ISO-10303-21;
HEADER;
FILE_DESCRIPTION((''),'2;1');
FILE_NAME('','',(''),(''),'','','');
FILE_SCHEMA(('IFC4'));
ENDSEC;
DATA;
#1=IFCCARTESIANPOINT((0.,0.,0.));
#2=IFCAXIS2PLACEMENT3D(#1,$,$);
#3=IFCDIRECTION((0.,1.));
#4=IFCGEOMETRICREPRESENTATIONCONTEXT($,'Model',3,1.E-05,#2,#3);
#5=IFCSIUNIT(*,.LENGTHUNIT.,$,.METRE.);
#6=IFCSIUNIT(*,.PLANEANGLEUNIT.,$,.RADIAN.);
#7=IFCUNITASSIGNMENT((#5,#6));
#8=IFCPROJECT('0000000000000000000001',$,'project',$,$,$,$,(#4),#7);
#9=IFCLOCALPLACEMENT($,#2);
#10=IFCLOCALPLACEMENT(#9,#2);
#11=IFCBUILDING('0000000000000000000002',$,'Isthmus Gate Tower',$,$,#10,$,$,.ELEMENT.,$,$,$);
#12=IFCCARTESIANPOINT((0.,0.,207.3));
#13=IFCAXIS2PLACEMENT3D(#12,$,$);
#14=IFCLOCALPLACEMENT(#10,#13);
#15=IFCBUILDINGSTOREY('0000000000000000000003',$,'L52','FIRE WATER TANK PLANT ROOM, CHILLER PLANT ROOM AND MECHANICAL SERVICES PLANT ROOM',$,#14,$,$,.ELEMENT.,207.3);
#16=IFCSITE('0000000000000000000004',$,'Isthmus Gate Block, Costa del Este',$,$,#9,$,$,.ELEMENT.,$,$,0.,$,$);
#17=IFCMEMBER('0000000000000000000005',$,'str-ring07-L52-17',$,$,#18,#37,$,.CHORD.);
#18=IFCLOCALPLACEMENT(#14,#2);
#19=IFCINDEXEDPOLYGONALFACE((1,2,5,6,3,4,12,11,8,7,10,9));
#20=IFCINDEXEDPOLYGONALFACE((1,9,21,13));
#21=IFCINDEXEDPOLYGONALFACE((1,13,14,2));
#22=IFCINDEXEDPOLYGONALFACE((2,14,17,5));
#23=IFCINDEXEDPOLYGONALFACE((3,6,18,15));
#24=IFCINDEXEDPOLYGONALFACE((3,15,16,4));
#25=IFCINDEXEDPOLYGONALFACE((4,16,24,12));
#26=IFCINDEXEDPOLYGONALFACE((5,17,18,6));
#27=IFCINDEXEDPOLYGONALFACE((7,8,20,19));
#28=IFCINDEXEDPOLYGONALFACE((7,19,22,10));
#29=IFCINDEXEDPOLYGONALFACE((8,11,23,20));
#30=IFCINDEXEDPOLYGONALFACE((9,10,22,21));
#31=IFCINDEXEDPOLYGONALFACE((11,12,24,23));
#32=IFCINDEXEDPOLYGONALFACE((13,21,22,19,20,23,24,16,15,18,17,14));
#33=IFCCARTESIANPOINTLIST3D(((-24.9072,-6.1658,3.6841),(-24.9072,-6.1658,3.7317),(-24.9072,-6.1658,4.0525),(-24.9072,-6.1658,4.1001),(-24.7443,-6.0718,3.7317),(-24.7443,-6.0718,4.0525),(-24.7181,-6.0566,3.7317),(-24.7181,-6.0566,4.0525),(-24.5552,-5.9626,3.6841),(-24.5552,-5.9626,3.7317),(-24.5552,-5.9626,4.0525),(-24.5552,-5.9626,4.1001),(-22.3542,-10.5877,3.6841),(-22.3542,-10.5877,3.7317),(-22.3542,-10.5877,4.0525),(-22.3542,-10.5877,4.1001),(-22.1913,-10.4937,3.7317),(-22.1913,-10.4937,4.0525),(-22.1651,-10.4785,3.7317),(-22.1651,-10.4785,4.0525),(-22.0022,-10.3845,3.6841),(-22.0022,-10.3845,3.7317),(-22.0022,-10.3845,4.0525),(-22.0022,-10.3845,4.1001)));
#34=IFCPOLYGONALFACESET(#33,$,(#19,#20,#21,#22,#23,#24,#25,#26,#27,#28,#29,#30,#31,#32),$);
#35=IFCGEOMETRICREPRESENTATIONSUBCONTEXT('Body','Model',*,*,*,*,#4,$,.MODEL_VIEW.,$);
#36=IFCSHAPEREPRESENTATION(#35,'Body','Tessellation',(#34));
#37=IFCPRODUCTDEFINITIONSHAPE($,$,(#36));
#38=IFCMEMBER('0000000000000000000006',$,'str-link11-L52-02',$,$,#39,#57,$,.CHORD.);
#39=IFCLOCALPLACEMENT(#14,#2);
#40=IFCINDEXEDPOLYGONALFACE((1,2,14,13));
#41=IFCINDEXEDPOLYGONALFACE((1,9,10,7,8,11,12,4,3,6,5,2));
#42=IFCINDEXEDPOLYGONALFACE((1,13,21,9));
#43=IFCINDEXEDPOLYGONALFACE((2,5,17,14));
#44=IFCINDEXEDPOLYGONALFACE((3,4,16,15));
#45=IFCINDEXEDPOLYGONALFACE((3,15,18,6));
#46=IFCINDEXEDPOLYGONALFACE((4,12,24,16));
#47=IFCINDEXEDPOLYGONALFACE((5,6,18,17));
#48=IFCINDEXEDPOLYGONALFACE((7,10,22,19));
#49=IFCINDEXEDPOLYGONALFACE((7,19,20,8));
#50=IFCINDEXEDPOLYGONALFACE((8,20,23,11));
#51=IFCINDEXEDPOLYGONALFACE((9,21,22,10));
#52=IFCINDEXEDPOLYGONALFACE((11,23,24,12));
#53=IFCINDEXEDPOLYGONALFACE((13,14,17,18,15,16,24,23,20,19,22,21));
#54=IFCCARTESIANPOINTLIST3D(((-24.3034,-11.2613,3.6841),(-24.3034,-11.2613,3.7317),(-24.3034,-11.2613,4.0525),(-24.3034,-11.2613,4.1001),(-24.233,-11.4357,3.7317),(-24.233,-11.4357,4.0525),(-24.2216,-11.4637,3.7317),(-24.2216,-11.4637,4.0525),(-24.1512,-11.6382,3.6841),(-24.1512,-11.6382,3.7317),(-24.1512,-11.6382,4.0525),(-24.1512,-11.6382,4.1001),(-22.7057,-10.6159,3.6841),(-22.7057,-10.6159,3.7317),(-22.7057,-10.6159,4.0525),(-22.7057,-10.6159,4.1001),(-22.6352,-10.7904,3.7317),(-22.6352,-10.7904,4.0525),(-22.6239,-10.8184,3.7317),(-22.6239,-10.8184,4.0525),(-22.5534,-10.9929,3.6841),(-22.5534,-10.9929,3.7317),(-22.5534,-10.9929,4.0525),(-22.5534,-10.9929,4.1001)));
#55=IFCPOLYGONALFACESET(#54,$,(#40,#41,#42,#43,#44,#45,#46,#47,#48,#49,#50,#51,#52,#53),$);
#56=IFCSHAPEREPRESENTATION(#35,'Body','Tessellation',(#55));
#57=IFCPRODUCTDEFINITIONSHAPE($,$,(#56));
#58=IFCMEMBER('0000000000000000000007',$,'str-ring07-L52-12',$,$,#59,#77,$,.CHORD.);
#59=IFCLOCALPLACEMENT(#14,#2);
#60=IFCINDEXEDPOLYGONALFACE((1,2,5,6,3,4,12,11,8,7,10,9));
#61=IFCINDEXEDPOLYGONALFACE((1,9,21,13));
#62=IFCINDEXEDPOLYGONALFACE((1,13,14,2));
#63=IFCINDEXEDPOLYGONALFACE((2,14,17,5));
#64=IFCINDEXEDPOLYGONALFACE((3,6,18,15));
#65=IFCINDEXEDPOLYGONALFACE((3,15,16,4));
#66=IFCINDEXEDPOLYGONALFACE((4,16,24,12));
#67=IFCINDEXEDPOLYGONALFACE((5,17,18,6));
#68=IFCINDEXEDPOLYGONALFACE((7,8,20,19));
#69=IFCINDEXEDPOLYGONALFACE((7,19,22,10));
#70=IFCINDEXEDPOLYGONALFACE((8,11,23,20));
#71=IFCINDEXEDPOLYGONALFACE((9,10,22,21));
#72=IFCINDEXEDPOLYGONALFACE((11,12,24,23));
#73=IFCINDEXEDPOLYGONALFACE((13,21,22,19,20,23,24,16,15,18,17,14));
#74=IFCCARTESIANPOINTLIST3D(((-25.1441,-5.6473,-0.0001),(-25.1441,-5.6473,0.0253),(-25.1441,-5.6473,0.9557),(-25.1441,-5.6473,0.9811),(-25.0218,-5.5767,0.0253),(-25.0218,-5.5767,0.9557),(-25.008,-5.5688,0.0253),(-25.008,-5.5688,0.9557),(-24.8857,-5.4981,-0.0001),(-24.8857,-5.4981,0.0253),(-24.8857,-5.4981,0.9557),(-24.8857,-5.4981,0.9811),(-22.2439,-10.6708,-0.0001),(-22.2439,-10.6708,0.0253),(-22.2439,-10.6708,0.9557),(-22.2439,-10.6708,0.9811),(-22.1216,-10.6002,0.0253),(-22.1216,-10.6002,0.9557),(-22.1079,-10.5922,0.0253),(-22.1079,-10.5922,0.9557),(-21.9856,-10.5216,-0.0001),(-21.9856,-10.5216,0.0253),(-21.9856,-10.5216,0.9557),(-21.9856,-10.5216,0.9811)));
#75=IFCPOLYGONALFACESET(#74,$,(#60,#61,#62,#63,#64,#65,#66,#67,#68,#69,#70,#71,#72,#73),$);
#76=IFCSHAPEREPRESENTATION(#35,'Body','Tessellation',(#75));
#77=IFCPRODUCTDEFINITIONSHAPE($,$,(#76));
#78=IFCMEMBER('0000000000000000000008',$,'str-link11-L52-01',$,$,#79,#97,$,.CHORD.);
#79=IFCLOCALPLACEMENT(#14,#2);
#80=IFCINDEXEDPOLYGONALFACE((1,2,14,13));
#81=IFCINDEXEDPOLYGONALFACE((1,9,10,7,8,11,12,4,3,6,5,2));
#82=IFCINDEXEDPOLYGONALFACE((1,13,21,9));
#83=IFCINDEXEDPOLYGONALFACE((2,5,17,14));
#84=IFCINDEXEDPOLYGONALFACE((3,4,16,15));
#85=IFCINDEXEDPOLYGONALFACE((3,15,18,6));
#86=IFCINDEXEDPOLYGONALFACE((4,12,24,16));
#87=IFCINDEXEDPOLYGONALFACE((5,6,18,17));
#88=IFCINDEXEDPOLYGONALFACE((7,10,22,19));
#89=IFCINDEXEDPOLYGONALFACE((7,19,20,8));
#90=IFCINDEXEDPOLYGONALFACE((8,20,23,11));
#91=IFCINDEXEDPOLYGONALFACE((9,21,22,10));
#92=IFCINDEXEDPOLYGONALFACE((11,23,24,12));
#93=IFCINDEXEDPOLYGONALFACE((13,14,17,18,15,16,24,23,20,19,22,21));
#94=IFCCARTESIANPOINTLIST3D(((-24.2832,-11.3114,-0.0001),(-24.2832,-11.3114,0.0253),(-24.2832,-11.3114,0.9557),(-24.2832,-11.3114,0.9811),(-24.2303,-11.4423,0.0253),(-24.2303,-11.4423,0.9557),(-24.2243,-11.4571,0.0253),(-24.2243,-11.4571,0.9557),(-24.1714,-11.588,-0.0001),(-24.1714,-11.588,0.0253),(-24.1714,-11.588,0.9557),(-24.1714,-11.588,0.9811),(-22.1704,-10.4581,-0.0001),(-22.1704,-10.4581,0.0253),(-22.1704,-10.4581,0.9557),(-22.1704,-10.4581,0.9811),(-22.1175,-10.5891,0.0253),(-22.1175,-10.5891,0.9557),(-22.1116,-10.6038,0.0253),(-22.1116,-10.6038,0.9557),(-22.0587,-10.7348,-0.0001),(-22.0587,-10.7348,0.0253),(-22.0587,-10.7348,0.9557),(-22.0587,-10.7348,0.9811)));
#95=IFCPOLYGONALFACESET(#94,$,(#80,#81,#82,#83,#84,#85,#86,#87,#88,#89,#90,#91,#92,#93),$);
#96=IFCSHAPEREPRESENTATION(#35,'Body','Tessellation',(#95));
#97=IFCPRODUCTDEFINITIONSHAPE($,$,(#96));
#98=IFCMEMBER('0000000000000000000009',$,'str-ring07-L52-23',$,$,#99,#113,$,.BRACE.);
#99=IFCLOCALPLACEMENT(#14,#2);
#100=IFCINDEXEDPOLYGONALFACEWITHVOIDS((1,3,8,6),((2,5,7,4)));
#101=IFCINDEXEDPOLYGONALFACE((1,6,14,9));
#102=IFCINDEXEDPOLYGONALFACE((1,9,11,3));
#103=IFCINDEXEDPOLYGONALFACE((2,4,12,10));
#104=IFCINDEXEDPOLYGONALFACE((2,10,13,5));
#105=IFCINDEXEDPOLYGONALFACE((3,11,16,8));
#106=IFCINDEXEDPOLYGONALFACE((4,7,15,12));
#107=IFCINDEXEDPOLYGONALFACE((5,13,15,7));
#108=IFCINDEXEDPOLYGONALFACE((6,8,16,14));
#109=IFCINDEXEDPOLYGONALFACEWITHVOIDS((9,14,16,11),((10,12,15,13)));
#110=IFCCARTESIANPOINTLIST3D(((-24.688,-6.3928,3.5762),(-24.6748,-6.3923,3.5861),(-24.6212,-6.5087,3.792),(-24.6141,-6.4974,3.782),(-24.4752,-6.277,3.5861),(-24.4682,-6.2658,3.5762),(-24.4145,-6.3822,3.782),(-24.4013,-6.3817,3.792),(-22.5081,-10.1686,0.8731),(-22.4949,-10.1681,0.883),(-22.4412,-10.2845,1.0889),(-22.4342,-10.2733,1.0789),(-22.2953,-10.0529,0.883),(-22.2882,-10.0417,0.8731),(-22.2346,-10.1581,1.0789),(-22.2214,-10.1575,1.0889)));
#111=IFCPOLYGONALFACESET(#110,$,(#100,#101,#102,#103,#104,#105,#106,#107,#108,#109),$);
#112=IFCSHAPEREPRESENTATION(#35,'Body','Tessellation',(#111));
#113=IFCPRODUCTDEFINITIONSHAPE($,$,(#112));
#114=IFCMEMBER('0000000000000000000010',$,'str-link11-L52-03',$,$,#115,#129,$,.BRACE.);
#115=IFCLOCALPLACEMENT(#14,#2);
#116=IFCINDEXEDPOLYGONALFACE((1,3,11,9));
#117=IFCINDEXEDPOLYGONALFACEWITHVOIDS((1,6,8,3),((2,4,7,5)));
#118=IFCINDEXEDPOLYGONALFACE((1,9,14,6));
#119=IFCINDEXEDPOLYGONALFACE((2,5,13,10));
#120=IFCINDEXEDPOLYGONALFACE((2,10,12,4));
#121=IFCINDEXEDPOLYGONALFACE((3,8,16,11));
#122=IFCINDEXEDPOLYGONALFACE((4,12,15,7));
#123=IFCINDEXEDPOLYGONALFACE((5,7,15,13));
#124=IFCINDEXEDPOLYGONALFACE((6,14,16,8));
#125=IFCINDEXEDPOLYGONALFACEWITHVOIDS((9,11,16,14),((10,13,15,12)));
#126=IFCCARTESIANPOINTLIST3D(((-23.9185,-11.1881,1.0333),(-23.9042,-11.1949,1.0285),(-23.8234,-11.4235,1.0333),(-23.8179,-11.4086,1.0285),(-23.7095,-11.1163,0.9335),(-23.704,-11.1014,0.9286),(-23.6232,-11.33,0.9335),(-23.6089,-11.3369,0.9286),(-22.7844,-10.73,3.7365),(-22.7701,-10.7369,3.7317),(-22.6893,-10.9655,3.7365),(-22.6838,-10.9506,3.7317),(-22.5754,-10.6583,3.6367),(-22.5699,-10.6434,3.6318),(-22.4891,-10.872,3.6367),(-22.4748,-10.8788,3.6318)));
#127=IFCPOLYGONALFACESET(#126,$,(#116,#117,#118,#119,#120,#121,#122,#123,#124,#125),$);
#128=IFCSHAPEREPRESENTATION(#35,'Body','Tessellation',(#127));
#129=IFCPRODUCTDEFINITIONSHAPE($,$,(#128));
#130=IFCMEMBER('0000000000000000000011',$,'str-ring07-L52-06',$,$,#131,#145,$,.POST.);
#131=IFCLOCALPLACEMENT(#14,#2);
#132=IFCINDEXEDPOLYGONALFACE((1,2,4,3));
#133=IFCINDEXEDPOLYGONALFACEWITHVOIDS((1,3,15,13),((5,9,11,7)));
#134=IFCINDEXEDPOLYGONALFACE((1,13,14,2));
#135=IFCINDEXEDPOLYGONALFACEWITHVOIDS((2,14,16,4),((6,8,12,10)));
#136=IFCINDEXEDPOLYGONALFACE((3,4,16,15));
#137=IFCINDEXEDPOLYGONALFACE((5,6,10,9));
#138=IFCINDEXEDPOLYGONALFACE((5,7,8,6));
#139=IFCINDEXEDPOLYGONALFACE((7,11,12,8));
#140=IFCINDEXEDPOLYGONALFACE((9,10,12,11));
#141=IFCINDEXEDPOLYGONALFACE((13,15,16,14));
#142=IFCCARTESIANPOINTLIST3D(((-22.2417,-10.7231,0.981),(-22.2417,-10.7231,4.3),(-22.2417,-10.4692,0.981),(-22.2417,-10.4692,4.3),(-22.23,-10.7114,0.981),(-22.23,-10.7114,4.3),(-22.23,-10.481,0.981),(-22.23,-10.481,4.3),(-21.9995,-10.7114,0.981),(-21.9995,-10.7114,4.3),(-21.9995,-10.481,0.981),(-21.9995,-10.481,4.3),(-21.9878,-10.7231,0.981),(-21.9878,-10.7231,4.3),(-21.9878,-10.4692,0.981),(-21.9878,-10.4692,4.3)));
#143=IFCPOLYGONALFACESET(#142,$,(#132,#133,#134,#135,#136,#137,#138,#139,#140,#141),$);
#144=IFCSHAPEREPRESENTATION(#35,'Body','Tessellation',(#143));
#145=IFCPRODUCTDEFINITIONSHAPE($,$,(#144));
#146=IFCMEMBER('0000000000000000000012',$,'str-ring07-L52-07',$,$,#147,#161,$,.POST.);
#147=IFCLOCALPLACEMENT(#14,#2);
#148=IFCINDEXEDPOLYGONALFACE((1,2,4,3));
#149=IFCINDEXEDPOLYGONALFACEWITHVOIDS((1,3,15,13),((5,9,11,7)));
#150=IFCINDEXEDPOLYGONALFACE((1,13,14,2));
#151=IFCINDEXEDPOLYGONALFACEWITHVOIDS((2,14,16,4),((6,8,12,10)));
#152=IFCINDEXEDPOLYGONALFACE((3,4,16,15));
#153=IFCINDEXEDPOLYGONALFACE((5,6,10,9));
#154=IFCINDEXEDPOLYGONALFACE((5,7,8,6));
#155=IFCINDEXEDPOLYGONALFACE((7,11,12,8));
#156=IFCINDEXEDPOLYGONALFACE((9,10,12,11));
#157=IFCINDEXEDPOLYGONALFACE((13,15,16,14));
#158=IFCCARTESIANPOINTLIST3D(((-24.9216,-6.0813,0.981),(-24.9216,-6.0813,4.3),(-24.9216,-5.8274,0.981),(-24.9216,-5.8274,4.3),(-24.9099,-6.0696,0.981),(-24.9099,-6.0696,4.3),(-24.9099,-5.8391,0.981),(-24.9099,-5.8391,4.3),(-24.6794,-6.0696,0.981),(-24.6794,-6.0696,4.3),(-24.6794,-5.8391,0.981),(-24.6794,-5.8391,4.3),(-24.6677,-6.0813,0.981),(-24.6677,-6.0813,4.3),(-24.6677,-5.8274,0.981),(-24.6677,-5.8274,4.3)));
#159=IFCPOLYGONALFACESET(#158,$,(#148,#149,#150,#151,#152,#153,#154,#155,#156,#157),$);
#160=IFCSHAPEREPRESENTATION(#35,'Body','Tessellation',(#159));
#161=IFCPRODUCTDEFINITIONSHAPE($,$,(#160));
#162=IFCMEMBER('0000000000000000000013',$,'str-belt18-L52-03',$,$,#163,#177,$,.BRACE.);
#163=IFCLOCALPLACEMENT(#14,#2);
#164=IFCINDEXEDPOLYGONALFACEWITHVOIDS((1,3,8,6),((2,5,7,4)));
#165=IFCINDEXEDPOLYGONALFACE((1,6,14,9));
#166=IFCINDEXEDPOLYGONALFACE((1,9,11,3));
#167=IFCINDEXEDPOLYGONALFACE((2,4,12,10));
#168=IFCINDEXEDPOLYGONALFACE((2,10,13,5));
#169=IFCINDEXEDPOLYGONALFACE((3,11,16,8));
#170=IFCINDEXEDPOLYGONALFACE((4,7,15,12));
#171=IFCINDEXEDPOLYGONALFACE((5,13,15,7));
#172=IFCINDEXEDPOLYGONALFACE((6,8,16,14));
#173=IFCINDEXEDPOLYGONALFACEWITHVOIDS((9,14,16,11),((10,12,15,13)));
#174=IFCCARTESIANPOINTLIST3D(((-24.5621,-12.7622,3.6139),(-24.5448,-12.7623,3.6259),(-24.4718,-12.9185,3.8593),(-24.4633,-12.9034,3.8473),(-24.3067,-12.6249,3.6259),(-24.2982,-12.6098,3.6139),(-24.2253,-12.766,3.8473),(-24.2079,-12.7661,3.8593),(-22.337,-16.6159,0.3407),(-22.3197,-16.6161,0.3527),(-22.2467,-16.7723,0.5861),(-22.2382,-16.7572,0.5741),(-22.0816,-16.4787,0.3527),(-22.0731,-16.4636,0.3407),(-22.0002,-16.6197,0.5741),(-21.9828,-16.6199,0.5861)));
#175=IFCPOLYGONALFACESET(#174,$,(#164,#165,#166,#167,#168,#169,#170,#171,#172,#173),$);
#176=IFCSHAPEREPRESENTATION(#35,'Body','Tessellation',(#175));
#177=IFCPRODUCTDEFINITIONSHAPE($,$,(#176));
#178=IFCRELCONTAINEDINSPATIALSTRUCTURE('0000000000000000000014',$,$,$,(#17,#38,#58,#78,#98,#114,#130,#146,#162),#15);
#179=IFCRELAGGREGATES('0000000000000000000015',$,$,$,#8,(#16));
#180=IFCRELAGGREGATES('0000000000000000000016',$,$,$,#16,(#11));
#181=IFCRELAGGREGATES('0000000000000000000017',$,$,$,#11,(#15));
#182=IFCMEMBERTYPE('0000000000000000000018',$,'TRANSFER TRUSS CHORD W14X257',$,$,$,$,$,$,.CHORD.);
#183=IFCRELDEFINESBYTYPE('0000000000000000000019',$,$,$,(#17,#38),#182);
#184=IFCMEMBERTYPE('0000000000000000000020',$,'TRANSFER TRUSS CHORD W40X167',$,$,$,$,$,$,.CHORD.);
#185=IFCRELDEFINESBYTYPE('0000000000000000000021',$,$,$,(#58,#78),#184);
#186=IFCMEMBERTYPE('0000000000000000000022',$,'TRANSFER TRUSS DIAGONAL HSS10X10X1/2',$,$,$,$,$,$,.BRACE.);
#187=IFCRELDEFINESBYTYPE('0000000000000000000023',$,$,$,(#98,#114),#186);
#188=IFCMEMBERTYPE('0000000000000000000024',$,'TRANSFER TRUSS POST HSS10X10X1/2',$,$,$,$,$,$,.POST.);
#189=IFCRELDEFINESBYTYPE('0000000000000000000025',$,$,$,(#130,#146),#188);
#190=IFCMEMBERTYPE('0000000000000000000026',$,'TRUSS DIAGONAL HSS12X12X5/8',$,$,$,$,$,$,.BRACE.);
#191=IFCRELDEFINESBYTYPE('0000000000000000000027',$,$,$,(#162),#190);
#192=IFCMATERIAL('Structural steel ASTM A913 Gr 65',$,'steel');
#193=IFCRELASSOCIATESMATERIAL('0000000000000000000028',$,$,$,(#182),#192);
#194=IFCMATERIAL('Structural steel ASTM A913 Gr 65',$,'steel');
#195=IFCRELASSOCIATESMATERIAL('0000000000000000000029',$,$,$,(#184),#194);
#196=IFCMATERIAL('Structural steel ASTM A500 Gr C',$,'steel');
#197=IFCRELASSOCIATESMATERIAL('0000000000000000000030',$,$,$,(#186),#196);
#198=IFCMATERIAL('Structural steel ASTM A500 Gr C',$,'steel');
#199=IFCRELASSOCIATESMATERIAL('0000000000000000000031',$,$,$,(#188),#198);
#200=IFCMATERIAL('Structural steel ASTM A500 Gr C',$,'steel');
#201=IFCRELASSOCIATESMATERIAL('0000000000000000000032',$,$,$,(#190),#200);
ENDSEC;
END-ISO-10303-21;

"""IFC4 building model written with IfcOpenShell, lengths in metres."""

from ifc_helpers import new_model, si_unit, direction, frame, origin, origin_2d, place, context, subcontext, project, spatial, hollow_rectangle, i_section, extrude, material, material_profile, profile_set, type_object, element, save


model = new_model("IFC4")

# Units and contexts
model_context = context("Model", 3, precision=1e-05, world=origin(), true_north=direction((0.0, 1.0)))
body_context = subcontext(model_context, "Body", "Model", "MODEL_VIEW")
ifc_project = project(units=[si_unit("LENGTHUNIT", "METRE"), si_unit("PLANEANGLEUNIT", "RADIAN")], contexts=[model_context])

# Site, building, storey
site_placement = place(None, origin())
site = spatial("IfcSite", under=ifc_project, at=site_placement, Name="Isthmus Gate Block, Costa del Este", CompositionType="ELEMENT", RefElevation=0.0)
building_placement = place(site_placement, origin())
building = spatial("IfcBuilding", under=site, at=building_placement, Name="Isthmus Gate Tower", CompositionType="ELEMENT")
storey_placement = place(building_placement, frame((0.0, 0.0, 207.3)))
storey = spatial("IfcBuildingStorey", under=building, at=storey_placement, Name="L52", Description="FIRE WATER TANK PLANT ROOM, CHILLER PLANT ROOM AND MECHANICAL SERVICES PLANT ROOM", CompositionType="ELEMENT", Elevation=207.3)

# Members
ifc_material_1 = material(Name="Structural steel ASTM A913 Gr 65", Category="steel")
ifc_material_profile_1 = material_profile(ifc_material_1, i_section(OverallWidth=0.4065, OverallDepth=0.416, WebThickness=0.0303, FlangeThickness=0.0476, at=origin_2d()), Name="W14X257")
ifc_profile_set_1 = profile_set([ifc_material_profile_1], Name="Structural steel ASTM A913 Gr 65")
member_type_1 = type_object("IfcMemberType", Name="TRANSFER TRUSS CHORD W14X257", PredefinedType="CHORD", material=ifc_profile_set_1)
member_1_placement = place(storey_placement, frame((-22.1782, -10.4861, 3.8921), z_axis=(-0.500001, 0.866025, 0.0), x_axis=(-0.866025, -0.500001, 0.0)))
element("IfcMember", 1, at=member_1_placement, inside=storey, type_object=member_type_1, Name="str-ring07-L52-17", PredefinedType="CHORD", context=body_context, shape_type="SweptSolid", body=[
    extrude(i_section(OverallWidth=0.4065, OverallDepth=0.416, WebThickness=0.0303, FlangeThickness=0.0476, at=origin_2d()), origin(), (0.0, 0.0, 1.0), 5.106),
])
member_2_placement = place(storey_placement, frame((-24.2273, -11.4497, 3.8921), z_axis=(0.92723, 0.374491, 0.0), x_axis=(-0.374491, 0.92723, 0.0)))
element("IfcMember", 2, at=member_2_placement, inside=storey, type_object=member_type_1, Name="str-link11-L52-02", PredefinedType="CHORD", context=body_context, shape_type="SweptSolid", body=[
    extrude(i_section(OverallWidth=0.4065, OverallDepth=0.416, WebThickness=0.0303, FlangeThickness=0.0476, at=origin_2d()), origin(), (0.0, 0.0, 1.0), 1.7231),
])
ifc_material_2 = material(Name="Structural steel ASTM A913 Gr 65", Category="steel")
ifc_material_profile_2 = material_profile(ifc_material_2, i_section(OverallWidth=0.2983, OverallDepth=0.9812, WebThickness=0.0159, FlangeThickness=0.0254, at=origin_2d()), Name="W40X167")
ifc_profile_set_2 = profile_set([ifc_material_profile_2], Name="Structural steel ASTM A913 Gr 65")
member_type_2 = type_object("IfcMemberType", Name="TRANSFER TRUSS CHORD W40X167", PredefinedType="CHORD", material=ifc_profile_set_2)
member_3_placement = place(storey_placement, frame((-22.1147, -10.5962, 0.4905), z_axis=(-0.499982, 0.866036, 0.0), x_axis=(-0.866036, -0.499982, 0.0)))
element("IfcMember", 3, at=member_3_placement, inside=storey, type_object=member_type_2, Name="str-ring07-L52-12", PredefinedType="CHORD", context=body_context, shape_type="SweptSolid", body=[
    extrude(i_section(OverallWidth=0.2983, OverallDepth=0.9812, WebThickness=0.0159, FlangeThickness=0.0254, at=origin_2d()), origin(), (0.0, 0.0, 1.0), 5.8005),
])
member_4_placement = place(storey_placement, frame((-24.2273, -11.4497, 0.4905), z_axis=(0.927238, 0.374474, 0.0), x_axis=(-0.374474, 0.927238, 0.0)))
element("IfcMember", 4, at=member_4_placement, inside=storey, type_object=member_type_2, Name="str-link11-L52-01", PredefinedType="CHORD", context=body_context, shape_type="SweptSolid", body=[
    extrude(i_section(OverallWidth=0.2983, OverallDepth=0.9812, WebThickness=0.0159, FlangeThickness=0.0254, at=origin_2d()), origin(), (0.0, 0.0, 1.0), 2.2786),
])
ifc_material_3 = material(Name="Structural steel ASTM A500 Gr C", Category="steel")
ifc_material_profile_3 = material_profile(ifc_material_3, hollow_rectangle(XDim=0.2539, YDim=0.2539, WallThickness=0.0117, at=origin_2d()), Name="HSS10X10X1/2")
ifc_profile_set_3 = profile_set([ifc_material_profile_3], Name="Structural steel ASTM A500 Gr C")
member_type_3 = type_object("IfcMemberType", Name="TRANSFER TRUSS DIAGONAL HSS10X10X1/2", PredefinedType="BRACE", material=ifc_profile_set_3)
member_5_placement = place(storey_placement, frame((-22.3647, -10.1631, 0.981), z_axis=(-0.424943, 0.736048, 0.526931), x_axis=(-0.866033, -0.499987, 0.0)))
element("IfcMember", 5, at=member_5_placement, inside=storey, type_object=member_type_3, Name="str-ring07-L52-23", PredefinedType="BRACE", context=body_context, shape_type="SweptSolid", body=[
    extrude(hollow_rectangle(XDim=0.2539, YDim=0.2539, WallThickness=0.0117, at=origin_2d()), origin(), (0.0, 0.0, 1.0), 5.1299),
])
member_6_placement = place(storey_placement, frame((-23.7637, -11.2625, 0.981), z_axis=(0.382224, 0.154371, 0.911084), x_axis=(-0.374486, 0.927233, 0.0)))
element("IfcMember", 6, at=member_6_placement, inside=storey, type_object=member_type_3, Name="str-link11-L52-03", PredefinedType="BRACE", context=body_context, shape_type="SweptSolid", body=[
    extrude(hollow_rectangle(XDim=0.2539, YDim=0.2539, WallThickness=0.0117, at=origin_2d()), origin(), (0.0, 0.0, 1.0), 2.967),
])
ifc_material_4 = material(Name="Structural steel ASTM A500 Gr C", Category="steel")
ifc_material_profile_4 = material_profile(ifc_material_4, hollow_rectangle(XDim=0.2539, YDim=0.2539, WallThickness=0.0117, at=origin_2d()), Name="HSS10X10X1/2")
ifc_profile_set_4 = profile_set([ifc_material_profile_4], Name="Structural steel ASTM A500 Gr C")
member_type_4 = type_object("IfcMemberType", Name="TRANSFER TRUSS POST HSS10X10X1/2", PredefinedType="POST", material=ifc_profile_set_4)
for number, where, z_axis, x_axis, name in (
    (7, (-22.1147, -10.5962, 0.981), (0.0, 0.0, 1.0), (1.0, 0.0, 0.0), "str-ring07-L52-06"),
    (8, (-24.7947, -5.9543, 0.981), (0.0, 0.0, 1.0), (1.0, 0.0, 0.0), "str-ring07-L52-07"),
):
    element("IfcMember", number, at=place(storey_placement, frame(where, z_axis=z_axis, x_axis=x_axis)), inside=storey, type_object=member_type_4, Name=name, PredefinedType="POST", context=body_context, shape_type="SweptSolid", body=[
        extrude(hollow_rectangle(XDim=0.2539, YDim=0.2539, WallThickness=0.0117, at=origin_2d()), origin(), (0.0, 0.0, 1.0), 3.3191),
    ])
ifc_material_5 = material(Name="Structural steel ASTM A500 Gr C", Category="steel")
ifc_material_profile_5 = material_profile(ifc_material_5, hollow_rectangle(XDim=0.3047, YDim=0.3047, WallThickness=0.0149, at=origin_2d()), Name="HSS12X12X5/8")
ifc_profile_set_5 = profile_set([ifc_material_profile_5], Name="Structural steel ASTM A500 Gr C")
member_type_5 = type_object("IfcMemberType", Name="TRUSS DIAGONAL HSS12X12X5/8", PredefinedType="BRACE", material=ifc_profile_set_5)
member_7_placement = place(storey_placement, frame((-22.1599, -16.6179, 0.4634), z_axis=(-0.402794, 0.697619, 0.592524), x_axis=(-0.866013, -0.500022, 0.0)))
element("IfcMember", 9, at=member_7_placement, inside=storey, type_object=member_type_5, Name="str-belt18-L52-03", PredefinedType="BRACE", context=body_context, shape_type="SweptSolid", body=[
    extrude(hollow_rectangle(XDim=0.3047, YDim=0.3047, WallThickness=0.0149, at=origin_2d()), origin(), (0.0, 0.0, 1.0), 5.5242),
])

save(model, "model.ifc")
